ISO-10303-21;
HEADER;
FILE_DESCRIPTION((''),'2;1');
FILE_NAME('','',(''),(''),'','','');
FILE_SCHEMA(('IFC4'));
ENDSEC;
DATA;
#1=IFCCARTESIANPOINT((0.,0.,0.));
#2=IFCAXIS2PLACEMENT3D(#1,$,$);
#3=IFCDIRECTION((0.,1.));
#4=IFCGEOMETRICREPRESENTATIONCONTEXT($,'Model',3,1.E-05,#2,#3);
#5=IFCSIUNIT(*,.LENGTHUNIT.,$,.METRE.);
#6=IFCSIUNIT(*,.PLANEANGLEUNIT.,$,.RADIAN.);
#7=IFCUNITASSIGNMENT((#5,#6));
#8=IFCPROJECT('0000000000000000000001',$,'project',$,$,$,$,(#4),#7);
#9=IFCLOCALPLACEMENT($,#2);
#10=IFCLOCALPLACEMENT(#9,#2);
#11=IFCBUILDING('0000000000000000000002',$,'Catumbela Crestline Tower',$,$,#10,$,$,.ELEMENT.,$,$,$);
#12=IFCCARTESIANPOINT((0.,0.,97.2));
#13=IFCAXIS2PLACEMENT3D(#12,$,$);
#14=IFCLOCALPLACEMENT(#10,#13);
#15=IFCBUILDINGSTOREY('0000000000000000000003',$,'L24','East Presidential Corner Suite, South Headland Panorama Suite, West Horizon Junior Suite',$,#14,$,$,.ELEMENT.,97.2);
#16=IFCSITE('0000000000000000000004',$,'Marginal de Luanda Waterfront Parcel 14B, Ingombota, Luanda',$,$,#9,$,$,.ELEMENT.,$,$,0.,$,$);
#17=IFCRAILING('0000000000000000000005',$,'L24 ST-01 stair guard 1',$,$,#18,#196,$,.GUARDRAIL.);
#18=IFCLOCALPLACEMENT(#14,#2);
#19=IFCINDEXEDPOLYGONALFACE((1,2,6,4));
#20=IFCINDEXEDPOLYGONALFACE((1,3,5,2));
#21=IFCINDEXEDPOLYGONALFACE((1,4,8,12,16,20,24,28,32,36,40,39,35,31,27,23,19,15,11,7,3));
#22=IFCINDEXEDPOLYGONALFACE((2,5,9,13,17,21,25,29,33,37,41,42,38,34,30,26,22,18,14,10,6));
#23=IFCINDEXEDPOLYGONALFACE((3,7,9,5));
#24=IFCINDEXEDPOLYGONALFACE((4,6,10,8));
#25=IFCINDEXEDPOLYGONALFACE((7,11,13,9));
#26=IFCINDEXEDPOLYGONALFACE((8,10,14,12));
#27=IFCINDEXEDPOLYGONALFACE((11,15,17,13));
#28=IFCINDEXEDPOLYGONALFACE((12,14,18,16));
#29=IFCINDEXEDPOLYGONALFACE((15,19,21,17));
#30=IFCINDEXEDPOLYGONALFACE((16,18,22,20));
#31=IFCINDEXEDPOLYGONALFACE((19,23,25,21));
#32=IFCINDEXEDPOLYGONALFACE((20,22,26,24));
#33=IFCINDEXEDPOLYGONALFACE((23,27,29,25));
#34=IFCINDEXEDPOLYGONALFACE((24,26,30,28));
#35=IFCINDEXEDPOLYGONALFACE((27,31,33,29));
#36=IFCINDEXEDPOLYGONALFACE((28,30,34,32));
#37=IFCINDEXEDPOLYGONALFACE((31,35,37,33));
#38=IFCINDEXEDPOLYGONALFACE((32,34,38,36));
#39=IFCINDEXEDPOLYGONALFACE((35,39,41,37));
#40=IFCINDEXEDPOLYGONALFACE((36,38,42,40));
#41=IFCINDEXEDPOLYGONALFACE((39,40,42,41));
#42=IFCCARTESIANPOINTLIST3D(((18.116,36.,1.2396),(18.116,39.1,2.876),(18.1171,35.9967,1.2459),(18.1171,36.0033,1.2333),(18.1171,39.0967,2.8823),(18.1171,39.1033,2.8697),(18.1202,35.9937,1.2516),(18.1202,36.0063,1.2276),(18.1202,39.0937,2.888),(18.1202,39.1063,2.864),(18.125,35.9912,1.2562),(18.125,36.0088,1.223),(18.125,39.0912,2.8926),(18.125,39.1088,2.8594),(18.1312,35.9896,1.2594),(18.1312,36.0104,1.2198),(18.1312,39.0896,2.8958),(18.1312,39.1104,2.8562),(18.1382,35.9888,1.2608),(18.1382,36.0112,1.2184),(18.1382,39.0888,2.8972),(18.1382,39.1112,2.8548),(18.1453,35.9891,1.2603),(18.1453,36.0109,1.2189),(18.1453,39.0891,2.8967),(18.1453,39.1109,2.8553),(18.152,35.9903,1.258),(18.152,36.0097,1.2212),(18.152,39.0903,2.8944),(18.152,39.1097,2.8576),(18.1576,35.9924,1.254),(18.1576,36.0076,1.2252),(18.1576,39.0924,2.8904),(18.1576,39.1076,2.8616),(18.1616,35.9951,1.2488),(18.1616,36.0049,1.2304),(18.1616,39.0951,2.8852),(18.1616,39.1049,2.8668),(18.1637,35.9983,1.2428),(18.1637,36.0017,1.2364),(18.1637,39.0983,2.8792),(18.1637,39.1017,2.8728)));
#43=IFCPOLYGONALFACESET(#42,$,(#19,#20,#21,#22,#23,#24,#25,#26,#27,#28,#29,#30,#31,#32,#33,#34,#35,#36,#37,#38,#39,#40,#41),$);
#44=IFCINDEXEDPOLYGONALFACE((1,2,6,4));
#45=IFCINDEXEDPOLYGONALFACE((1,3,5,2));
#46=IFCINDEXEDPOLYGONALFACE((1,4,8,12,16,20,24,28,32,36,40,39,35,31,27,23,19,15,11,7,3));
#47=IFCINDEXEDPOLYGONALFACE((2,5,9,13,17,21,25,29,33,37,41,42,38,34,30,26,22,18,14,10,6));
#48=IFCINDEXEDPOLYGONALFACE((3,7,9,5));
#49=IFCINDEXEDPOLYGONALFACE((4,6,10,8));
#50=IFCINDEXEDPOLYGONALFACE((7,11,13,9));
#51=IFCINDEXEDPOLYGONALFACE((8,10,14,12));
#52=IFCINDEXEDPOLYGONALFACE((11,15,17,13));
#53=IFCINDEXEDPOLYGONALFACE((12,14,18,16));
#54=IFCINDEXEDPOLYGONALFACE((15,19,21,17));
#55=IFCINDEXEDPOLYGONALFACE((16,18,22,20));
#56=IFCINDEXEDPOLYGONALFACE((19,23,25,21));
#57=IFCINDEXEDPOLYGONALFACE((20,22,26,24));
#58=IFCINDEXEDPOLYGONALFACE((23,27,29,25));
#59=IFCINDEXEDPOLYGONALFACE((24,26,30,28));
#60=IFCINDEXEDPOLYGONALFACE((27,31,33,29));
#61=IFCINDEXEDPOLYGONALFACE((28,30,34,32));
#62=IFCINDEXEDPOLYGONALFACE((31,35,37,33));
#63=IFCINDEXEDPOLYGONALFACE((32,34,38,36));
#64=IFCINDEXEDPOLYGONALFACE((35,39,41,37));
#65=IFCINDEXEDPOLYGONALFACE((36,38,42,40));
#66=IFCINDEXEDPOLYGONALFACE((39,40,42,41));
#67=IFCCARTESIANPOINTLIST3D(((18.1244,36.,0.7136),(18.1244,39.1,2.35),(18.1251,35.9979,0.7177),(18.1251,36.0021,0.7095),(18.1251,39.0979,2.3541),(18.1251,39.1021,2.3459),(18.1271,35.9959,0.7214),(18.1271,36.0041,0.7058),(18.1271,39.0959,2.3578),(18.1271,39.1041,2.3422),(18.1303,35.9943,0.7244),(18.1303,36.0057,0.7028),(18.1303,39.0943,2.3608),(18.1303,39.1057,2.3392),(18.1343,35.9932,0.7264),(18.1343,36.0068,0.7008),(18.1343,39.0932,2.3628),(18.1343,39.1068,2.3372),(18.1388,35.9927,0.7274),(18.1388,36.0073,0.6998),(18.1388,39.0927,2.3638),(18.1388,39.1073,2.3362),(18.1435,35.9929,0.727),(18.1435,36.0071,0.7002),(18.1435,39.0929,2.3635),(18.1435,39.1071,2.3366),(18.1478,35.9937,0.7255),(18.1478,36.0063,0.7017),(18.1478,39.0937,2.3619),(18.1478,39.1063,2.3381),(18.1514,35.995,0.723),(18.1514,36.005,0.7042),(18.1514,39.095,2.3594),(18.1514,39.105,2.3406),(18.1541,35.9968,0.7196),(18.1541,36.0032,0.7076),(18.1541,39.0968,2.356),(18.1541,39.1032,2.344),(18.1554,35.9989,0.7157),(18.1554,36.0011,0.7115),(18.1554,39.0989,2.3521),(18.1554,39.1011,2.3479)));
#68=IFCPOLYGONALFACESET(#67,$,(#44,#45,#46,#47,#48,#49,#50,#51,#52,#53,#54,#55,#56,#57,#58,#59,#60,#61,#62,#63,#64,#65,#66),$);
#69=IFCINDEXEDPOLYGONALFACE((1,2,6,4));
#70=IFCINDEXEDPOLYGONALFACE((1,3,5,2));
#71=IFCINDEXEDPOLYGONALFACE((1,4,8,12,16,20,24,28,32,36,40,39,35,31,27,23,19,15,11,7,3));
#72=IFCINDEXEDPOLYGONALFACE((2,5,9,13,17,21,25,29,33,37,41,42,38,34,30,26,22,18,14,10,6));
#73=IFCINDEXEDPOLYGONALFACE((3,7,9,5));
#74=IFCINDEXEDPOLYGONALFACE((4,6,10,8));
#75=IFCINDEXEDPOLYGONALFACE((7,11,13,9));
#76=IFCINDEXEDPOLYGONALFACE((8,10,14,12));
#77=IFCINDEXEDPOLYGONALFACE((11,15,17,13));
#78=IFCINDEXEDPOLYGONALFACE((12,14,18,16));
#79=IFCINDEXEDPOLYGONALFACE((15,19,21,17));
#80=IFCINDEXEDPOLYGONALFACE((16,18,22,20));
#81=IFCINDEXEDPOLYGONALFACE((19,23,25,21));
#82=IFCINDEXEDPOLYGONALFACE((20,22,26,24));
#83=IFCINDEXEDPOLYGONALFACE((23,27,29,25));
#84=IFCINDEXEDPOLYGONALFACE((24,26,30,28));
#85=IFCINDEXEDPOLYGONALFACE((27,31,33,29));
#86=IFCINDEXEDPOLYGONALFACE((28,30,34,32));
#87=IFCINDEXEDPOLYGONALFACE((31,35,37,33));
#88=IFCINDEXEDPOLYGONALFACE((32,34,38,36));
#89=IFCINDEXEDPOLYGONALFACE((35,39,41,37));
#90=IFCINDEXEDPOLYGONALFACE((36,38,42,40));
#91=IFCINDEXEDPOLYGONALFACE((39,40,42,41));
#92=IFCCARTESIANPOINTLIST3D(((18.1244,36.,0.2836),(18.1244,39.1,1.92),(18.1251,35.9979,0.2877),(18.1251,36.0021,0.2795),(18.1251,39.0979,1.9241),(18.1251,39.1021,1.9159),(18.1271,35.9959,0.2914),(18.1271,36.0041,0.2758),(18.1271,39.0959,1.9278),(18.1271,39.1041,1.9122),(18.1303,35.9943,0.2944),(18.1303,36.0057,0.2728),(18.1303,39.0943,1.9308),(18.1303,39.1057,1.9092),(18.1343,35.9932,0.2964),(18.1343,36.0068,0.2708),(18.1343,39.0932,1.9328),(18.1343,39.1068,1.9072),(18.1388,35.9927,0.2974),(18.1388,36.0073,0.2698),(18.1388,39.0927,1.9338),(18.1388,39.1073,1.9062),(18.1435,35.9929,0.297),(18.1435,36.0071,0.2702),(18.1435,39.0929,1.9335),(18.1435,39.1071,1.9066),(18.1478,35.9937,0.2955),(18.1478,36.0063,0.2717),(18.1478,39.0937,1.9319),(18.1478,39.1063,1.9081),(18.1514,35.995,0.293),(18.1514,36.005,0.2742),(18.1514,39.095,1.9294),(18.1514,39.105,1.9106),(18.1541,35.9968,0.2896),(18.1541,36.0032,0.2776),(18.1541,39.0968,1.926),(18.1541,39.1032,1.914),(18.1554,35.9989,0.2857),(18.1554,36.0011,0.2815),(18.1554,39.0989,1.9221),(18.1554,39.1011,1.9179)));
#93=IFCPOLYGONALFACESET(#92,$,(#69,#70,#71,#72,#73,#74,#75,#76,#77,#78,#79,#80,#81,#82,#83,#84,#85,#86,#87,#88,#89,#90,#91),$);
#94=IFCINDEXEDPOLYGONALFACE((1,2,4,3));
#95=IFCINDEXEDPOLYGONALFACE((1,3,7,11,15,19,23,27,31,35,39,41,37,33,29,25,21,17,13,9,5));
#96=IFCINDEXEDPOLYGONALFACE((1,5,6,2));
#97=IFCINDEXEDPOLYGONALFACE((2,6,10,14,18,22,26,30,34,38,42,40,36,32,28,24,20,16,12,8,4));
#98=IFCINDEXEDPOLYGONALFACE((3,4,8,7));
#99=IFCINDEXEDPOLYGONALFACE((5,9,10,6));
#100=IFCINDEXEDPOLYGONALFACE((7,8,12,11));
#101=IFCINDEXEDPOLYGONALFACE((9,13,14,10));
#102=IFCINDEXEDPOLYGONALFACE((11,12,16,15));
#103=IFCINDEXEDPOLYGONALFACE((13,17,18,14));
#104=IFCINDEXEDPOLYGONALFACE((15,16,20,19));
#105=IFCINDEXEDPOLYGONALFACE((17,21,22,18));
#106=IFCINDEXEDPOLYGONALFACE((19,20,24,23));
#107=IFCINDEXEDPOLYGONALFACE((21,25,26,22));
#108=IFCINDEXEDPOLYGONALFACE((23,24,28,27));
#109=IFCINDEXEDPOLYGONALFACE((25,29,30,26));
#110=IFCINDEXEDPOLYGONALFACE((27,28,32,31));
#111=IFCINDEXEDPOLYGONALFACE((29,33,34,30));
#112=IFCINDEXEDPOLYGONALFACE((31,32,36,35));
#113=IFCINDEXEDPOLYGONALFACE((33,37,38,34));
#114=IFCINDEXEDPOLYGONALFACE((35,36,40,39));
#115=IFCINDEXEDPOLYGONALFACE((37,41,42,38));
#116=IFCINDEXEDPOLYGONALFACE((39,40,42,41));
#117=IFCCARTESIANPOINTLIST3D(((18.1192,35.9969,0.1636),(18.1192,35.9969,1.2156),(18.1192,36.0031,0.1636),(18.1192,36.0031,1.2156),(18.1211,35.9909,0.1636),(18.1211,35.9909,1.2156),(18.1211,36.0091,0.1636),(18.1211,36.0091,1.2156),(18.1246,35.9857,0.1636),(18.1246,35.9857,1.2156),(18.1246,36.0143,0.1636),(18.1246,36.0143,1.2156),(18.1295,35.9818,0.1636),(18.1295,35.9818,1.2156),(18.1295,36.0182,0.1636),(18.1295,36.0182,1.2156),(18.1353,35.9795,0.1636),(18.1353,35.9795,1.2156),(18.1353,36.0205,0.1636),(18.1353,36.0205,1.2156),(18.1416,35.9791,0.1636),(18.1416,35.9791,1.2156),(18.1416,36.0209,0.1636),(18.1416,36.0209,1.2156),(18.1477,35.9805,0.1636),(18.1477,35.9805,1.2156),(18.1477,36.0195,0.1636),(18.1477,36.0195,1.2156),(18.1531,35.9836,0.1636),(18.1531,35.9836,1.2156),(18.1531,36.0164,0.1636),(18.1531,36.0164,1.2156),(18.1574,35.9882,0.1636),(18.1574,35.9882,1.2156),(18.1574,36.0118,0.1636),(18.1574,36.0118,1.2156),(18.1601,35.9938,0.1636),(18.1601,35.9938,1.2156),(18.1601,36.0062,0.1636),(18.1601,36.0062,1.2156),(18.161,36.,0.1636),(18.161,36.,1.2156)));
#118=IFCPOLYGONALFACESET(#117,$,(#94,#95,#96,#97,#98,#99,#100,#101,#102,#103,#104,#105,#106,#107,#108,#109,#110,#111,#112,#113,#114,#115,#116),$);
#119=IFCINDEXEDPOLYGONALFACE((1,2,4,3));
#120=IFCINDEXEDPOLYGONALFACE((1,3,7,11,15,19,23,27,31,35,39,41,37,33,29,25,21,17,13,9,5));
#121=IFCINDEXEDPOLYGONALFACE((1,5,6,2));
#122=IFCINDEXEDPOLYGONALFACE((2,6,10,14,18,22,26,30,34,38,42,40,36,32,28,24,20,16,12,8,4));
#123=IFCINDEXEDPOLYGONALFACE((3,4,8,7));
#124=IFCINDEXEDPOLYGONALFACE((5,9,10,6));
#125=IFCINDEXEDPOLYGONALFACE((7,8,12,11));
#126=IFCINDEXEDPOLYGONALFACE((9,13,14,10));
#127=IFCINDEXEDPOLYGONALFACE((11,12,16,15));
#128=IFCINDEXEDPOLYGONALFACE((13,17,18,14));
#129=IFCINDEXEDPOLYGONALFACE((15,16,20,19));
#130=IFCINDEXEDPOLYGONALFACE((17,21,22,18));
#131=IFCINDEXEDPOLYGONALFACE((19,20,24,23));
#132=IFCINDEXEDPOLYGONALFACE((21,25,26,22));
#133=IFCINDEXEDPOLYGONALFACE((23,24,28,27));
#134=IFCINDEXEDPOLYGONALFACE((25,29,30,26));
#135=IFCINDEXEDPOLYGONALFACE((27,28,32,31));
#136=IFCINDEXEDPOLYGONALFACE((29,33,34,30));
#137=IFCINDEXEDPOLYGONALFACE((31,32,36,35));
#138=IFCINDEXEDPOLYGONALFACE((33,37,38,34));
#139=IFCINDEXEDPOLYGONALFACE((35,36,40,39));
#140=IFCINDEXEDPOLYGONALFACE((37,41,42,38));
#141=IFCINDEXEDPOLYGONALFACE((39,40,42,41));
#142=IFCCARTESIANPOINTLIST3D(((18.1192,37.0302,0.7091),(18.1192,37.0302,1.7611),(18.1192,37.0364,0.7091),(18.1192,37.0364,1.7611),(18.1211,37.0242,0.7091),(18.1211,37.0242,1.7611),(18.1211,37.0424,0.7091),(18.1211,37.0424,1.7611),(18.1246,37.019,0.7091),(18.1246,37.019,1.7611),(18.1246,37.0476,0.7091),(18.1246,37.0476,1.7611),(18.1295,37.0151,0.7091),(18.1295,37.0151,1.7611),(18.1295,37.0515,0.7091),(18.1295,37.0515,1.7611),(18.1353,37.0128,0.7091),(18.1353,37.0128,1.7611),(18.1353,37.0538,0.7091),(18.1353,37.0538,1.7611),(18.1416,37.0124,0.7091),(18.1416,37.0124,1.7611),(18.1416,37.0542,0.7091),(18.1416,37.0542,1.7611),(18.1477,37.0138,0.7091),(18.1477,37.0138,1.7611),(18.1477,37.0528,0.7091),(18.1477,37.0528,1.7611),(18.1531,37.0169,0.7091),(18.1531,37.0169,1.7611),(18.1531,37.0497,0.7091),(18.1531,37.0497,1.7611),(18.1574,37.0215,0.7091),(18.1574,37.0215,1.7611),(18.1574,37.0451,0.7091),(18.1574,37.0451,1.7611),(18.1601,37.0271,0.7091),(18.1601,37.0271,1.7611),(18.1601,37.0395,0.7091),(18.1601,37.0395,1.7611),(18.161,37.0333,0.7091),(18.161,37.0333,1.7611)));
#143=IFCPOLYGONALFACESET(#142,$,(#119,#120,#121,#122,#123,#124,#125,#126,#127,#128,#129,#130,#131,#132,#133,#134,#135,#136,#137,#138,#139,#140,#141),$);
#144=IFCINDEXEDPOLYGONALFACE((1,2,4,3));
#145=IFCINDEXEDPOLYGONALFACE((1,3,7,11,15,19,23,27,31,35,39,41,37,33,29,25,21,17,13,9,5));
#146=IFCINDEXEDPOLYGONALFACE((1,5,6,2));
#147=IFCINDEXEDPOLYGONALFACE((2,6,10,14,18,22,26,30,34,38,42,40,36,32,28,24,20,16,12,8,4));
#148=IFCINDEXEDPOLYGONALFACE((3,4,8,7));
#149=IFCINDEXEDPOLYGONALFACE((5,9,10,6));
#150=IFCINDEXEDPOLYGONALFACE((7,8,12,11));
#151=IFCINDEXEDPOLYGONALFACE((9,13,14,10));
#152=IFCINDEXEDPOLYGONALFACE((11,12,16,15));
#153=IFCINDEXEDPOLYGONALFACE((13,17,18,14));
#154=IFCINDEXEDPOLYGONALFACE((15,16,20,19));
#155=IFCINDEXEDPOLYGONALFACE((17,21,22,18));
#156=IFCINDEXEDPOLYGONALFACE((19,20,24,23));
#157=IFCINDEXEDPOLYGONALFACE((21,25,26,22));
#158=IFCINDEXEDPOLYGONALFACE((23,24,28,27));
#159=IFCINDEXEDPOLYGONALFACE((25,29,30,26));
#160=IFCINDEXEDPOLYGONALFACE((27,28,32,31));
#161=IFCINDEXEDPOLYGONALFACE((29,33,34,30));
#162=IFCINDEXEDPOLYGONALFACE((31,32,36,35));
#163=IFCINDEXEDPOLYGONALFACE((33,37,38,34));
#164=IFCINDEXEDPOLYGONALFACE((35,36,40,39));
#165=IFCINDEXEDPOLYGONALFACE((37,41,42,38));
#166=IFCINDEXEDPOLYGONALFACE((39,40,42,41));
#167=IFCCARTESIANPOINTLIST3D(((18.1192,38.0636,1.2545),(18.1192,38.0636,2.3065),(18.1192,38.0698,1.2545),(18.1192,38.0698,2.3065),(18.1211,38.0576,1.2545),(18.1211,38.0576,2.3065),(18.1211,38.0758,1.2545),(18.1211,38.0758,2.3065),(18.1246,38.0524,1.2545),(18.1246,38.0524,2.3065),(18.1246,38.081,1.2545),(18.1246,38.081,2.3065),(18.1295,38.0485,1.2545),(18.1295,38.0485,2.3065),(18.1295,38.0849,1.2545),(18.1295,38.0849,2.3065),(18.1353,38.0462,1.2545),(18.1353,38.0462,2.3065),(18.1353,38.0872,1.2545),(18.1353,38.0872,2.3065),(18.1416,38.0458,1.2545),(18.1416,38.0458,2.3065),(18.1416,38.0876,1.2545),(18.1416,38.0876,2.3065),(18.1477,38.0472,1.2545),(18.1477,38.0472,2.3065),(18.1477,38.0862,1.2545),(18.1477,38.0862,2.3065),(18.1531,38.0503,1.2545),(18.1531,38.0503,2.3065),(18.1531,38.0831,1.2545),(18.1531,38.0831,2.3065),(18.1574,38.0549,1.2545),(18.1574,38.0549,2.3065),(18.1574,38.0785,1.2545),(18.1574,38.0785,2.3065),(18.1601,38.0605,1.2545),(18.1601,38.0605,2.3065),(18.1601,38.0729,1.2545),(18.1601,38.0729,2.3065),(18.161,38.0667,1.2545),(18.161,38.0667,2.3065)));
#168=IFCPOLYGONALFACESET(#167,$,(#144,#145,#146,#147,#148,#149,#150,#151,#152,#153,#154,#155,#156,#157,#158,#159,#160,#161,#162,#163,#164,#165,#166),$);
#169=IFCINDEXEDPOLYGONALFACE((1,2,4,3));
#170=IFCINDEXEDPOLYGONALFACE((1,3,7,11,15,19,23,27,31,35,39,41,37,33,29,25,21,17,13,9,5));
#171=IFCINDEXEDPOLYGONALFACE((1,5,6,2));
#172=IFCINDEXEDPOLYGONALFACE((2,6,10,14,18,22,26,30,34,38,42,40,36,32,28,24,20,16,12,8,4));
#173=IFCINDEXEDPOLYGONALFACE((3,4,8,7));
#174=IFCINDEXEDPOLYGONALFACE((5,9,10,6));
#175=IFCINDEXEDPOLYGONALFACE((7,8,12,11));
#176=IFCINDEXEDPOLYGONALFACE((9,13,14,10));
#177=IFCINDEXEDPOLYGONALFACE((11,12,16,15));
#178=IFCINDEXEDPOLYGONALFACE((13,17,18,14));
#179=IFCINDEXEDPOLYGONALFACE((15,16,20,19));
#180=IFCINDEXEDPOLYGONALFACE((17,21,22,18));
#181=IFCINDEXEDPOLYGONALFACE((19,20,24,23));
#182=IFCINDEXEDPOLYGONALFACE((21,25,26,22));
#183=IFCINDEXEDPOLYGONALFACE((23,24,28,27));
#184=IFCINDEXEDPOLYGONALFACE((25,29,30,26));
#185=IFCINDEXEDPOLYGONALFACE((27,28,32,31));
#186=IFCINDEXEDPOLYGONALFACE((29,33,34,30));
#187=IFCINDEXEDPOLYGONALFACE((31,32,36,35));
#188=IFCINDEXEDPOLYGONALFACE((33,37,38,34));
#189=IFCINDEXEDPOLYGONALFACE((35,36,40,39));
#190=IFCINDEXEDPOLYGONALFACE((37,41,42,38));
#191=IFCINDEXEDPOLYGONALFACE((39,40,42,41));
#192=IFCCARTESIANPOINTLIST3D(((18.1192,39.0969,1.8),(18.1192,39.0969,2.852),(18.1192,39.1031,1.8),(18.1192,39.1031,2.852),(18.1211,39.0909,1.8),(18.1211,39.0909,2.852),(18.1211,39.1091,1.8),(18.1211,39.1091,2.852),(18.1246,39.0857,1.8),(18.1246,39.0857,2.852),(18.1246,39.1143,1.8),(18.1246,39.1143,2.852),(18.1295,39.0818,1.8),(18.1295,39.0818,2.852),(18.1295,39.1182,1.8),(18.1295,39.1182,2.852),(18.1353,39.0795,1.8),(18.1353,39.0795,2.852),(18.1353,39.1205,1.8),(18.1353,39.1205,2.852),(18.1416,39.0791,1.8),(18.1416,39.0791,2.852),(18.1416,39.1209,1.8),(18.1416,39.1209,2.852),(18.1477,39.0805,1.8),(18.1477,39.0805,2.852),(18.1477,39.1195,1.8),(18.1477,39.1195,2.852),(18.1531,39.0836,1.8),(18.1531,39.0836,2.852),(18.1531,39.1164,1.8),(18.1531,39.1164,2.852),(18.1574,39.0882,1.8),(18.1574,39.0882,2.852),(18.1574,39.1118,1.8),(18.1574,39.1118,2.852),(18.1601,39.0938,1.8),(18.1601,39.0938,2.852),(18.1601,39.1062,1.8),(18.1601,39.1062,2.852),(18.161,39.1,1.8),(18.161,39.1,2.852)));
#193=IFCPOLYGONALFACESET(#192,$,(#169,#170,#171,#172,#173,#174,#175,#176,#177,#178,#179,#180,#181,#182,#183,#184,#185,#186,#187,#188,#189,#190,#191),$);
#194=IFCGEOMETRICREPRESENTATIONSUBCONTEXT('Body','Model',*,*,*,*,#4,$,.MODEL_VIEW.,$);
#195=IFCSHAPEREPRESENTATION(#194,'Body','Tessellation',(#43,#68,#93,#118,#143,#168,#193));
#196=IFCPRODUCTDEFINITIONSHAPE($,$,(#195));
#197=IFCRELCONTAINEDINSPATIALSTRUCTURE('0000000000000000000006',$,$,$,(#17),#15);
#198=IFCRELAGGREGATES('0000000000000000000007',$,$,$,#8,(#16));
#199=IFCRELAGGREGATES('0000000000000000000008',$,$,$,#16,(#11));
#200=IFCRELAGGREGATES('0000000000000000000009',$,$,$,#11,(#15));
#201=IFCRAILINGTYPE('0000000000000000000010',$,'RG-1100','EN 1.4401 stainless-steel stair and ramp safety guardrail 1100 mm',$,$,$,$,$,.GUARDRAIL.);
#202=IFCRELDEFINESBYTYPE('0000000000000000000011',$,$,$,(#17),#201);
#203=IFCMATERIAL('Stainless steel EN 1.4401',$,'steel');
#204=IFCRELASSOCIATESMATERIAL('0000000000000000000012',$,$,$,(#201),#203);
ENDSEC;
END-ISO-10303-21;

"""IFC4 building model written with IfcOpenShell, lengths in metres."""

from ifc_helpers import new_model, si_unit, direction, frame, origin, origin_2d, place, context, subcontext, project, spatial, circle, extrude, material, type_object, element, save


model = new_model("IFC4")

# Units and contexts
model_context = context("Model", 3, precision=1e-05, world=origin(), true_north=direction((0.0, 1.0)))
body_context = subcontext(model_context, "Body", "Model", "MODEL_VIEW")
ifc_project = project(units=[si_unit("LENGTHUNIT", "METRE"), si_unit("PLANEANGLEUNIT", "RADIAN")], contexts=[model_context])

# Site, building, storey
site_placement = place(None, origin())
site = spatial("IfcSite", under=ifc_project, at=site_placement, Name="Marginal de Luanda Waterfront Parcel 14B, Ingombota, Luanda", CompositionType="ELEMENT", RefElevation=0.0)
building_placement = place(site_placement, origin())
building = spatial("IfcBuilding", under=site, at=building_placement, Name="Catumbela Crestline Tower", CompositionType="ELEMENT")
storey_placement = place(building_placement, frame((0.0, 0.0, 97.2)))
storey = spatial("IfcBuildingStorey", under=building, at=storey_placement, Name="L24", Description="East Presidential Corner Suite, South Headland Panorama Suite, West Horizon Junior Suite", CompositionType="ELEMENT", Elevation=97.2)

# Railing
ifc_material_1 = material(Name="Stainless steel EN 1.4401", Category="steel")
railing_type_1 = type_object("IfcRailingType", Name="RG-1100", Description="EN 1.4401 stainless-steel stair and ramp safety guardrail 1100 mm", PredefinedType="GUARDRAIL", material=ifc_material_1)
railing_1_placement = place(storey_placement, frame((18.14, 36.0, 0.1636)))
element("IfcRailing", 1, at=railing_1_placement, inside=storey, type_object=railing_type_1, Name="L24 ST-01 stair guard 1", PredefinedType="GUARDRAIL", context=body_context, shape_type="SweptSolid", body=[
    extrude(circle(Radius=0.024, at=origin_2d()), frame((0.0, 0.0, 1.076), z_axis=(0.0, 0.884351, 0.466823), x_axis=(-1.0, 0.0, 0.0)), (0.0, 0.0, 1.0), 3.5054),
    extrude(circle(Radius=0.0156, at=origin_2d()), frame((0.0, 0.0, 0.55), z_axis=(0.0, 0.884351, 0.466823), x_axis=(-1.0, 0.0, 0.0)), (0.0, 0.0, 1.0), 3.5054),
    extrude(circle(Radius=0.0156, at=origin_2d()), frame((0.0, 0.0, 0.12), z_axis=(0.0, 0.884351, 0.466823), x_axis=(-1.0, 0.0, 0.0)), (0.0, 0.0, 1.0), 3.5054),
    extrude(circle(Radius=0.021, at=origin_2d()), origin(), (0.0, 0.0, 1.0), 1.052),
    extrude(circle(Radius=0.021, at=origin_2d()), frame((0.0, 1.0333, 0.5455)), (0.0, 0.0, 1.0), 1.052),
    extrude(circle(Radius=0.021, at=origin_2d()), frame((0.0, 2.0667, 1.0909)), (0.0, 0.0, 1.0), 1.052),
    extrude(circle(Radius=0.021, at=origin_2d()), frame((0.0, 3.1, 1.6364)), (0.0, 0.0, 1.0), 1.052),
])

save(model, "model.ifc")
